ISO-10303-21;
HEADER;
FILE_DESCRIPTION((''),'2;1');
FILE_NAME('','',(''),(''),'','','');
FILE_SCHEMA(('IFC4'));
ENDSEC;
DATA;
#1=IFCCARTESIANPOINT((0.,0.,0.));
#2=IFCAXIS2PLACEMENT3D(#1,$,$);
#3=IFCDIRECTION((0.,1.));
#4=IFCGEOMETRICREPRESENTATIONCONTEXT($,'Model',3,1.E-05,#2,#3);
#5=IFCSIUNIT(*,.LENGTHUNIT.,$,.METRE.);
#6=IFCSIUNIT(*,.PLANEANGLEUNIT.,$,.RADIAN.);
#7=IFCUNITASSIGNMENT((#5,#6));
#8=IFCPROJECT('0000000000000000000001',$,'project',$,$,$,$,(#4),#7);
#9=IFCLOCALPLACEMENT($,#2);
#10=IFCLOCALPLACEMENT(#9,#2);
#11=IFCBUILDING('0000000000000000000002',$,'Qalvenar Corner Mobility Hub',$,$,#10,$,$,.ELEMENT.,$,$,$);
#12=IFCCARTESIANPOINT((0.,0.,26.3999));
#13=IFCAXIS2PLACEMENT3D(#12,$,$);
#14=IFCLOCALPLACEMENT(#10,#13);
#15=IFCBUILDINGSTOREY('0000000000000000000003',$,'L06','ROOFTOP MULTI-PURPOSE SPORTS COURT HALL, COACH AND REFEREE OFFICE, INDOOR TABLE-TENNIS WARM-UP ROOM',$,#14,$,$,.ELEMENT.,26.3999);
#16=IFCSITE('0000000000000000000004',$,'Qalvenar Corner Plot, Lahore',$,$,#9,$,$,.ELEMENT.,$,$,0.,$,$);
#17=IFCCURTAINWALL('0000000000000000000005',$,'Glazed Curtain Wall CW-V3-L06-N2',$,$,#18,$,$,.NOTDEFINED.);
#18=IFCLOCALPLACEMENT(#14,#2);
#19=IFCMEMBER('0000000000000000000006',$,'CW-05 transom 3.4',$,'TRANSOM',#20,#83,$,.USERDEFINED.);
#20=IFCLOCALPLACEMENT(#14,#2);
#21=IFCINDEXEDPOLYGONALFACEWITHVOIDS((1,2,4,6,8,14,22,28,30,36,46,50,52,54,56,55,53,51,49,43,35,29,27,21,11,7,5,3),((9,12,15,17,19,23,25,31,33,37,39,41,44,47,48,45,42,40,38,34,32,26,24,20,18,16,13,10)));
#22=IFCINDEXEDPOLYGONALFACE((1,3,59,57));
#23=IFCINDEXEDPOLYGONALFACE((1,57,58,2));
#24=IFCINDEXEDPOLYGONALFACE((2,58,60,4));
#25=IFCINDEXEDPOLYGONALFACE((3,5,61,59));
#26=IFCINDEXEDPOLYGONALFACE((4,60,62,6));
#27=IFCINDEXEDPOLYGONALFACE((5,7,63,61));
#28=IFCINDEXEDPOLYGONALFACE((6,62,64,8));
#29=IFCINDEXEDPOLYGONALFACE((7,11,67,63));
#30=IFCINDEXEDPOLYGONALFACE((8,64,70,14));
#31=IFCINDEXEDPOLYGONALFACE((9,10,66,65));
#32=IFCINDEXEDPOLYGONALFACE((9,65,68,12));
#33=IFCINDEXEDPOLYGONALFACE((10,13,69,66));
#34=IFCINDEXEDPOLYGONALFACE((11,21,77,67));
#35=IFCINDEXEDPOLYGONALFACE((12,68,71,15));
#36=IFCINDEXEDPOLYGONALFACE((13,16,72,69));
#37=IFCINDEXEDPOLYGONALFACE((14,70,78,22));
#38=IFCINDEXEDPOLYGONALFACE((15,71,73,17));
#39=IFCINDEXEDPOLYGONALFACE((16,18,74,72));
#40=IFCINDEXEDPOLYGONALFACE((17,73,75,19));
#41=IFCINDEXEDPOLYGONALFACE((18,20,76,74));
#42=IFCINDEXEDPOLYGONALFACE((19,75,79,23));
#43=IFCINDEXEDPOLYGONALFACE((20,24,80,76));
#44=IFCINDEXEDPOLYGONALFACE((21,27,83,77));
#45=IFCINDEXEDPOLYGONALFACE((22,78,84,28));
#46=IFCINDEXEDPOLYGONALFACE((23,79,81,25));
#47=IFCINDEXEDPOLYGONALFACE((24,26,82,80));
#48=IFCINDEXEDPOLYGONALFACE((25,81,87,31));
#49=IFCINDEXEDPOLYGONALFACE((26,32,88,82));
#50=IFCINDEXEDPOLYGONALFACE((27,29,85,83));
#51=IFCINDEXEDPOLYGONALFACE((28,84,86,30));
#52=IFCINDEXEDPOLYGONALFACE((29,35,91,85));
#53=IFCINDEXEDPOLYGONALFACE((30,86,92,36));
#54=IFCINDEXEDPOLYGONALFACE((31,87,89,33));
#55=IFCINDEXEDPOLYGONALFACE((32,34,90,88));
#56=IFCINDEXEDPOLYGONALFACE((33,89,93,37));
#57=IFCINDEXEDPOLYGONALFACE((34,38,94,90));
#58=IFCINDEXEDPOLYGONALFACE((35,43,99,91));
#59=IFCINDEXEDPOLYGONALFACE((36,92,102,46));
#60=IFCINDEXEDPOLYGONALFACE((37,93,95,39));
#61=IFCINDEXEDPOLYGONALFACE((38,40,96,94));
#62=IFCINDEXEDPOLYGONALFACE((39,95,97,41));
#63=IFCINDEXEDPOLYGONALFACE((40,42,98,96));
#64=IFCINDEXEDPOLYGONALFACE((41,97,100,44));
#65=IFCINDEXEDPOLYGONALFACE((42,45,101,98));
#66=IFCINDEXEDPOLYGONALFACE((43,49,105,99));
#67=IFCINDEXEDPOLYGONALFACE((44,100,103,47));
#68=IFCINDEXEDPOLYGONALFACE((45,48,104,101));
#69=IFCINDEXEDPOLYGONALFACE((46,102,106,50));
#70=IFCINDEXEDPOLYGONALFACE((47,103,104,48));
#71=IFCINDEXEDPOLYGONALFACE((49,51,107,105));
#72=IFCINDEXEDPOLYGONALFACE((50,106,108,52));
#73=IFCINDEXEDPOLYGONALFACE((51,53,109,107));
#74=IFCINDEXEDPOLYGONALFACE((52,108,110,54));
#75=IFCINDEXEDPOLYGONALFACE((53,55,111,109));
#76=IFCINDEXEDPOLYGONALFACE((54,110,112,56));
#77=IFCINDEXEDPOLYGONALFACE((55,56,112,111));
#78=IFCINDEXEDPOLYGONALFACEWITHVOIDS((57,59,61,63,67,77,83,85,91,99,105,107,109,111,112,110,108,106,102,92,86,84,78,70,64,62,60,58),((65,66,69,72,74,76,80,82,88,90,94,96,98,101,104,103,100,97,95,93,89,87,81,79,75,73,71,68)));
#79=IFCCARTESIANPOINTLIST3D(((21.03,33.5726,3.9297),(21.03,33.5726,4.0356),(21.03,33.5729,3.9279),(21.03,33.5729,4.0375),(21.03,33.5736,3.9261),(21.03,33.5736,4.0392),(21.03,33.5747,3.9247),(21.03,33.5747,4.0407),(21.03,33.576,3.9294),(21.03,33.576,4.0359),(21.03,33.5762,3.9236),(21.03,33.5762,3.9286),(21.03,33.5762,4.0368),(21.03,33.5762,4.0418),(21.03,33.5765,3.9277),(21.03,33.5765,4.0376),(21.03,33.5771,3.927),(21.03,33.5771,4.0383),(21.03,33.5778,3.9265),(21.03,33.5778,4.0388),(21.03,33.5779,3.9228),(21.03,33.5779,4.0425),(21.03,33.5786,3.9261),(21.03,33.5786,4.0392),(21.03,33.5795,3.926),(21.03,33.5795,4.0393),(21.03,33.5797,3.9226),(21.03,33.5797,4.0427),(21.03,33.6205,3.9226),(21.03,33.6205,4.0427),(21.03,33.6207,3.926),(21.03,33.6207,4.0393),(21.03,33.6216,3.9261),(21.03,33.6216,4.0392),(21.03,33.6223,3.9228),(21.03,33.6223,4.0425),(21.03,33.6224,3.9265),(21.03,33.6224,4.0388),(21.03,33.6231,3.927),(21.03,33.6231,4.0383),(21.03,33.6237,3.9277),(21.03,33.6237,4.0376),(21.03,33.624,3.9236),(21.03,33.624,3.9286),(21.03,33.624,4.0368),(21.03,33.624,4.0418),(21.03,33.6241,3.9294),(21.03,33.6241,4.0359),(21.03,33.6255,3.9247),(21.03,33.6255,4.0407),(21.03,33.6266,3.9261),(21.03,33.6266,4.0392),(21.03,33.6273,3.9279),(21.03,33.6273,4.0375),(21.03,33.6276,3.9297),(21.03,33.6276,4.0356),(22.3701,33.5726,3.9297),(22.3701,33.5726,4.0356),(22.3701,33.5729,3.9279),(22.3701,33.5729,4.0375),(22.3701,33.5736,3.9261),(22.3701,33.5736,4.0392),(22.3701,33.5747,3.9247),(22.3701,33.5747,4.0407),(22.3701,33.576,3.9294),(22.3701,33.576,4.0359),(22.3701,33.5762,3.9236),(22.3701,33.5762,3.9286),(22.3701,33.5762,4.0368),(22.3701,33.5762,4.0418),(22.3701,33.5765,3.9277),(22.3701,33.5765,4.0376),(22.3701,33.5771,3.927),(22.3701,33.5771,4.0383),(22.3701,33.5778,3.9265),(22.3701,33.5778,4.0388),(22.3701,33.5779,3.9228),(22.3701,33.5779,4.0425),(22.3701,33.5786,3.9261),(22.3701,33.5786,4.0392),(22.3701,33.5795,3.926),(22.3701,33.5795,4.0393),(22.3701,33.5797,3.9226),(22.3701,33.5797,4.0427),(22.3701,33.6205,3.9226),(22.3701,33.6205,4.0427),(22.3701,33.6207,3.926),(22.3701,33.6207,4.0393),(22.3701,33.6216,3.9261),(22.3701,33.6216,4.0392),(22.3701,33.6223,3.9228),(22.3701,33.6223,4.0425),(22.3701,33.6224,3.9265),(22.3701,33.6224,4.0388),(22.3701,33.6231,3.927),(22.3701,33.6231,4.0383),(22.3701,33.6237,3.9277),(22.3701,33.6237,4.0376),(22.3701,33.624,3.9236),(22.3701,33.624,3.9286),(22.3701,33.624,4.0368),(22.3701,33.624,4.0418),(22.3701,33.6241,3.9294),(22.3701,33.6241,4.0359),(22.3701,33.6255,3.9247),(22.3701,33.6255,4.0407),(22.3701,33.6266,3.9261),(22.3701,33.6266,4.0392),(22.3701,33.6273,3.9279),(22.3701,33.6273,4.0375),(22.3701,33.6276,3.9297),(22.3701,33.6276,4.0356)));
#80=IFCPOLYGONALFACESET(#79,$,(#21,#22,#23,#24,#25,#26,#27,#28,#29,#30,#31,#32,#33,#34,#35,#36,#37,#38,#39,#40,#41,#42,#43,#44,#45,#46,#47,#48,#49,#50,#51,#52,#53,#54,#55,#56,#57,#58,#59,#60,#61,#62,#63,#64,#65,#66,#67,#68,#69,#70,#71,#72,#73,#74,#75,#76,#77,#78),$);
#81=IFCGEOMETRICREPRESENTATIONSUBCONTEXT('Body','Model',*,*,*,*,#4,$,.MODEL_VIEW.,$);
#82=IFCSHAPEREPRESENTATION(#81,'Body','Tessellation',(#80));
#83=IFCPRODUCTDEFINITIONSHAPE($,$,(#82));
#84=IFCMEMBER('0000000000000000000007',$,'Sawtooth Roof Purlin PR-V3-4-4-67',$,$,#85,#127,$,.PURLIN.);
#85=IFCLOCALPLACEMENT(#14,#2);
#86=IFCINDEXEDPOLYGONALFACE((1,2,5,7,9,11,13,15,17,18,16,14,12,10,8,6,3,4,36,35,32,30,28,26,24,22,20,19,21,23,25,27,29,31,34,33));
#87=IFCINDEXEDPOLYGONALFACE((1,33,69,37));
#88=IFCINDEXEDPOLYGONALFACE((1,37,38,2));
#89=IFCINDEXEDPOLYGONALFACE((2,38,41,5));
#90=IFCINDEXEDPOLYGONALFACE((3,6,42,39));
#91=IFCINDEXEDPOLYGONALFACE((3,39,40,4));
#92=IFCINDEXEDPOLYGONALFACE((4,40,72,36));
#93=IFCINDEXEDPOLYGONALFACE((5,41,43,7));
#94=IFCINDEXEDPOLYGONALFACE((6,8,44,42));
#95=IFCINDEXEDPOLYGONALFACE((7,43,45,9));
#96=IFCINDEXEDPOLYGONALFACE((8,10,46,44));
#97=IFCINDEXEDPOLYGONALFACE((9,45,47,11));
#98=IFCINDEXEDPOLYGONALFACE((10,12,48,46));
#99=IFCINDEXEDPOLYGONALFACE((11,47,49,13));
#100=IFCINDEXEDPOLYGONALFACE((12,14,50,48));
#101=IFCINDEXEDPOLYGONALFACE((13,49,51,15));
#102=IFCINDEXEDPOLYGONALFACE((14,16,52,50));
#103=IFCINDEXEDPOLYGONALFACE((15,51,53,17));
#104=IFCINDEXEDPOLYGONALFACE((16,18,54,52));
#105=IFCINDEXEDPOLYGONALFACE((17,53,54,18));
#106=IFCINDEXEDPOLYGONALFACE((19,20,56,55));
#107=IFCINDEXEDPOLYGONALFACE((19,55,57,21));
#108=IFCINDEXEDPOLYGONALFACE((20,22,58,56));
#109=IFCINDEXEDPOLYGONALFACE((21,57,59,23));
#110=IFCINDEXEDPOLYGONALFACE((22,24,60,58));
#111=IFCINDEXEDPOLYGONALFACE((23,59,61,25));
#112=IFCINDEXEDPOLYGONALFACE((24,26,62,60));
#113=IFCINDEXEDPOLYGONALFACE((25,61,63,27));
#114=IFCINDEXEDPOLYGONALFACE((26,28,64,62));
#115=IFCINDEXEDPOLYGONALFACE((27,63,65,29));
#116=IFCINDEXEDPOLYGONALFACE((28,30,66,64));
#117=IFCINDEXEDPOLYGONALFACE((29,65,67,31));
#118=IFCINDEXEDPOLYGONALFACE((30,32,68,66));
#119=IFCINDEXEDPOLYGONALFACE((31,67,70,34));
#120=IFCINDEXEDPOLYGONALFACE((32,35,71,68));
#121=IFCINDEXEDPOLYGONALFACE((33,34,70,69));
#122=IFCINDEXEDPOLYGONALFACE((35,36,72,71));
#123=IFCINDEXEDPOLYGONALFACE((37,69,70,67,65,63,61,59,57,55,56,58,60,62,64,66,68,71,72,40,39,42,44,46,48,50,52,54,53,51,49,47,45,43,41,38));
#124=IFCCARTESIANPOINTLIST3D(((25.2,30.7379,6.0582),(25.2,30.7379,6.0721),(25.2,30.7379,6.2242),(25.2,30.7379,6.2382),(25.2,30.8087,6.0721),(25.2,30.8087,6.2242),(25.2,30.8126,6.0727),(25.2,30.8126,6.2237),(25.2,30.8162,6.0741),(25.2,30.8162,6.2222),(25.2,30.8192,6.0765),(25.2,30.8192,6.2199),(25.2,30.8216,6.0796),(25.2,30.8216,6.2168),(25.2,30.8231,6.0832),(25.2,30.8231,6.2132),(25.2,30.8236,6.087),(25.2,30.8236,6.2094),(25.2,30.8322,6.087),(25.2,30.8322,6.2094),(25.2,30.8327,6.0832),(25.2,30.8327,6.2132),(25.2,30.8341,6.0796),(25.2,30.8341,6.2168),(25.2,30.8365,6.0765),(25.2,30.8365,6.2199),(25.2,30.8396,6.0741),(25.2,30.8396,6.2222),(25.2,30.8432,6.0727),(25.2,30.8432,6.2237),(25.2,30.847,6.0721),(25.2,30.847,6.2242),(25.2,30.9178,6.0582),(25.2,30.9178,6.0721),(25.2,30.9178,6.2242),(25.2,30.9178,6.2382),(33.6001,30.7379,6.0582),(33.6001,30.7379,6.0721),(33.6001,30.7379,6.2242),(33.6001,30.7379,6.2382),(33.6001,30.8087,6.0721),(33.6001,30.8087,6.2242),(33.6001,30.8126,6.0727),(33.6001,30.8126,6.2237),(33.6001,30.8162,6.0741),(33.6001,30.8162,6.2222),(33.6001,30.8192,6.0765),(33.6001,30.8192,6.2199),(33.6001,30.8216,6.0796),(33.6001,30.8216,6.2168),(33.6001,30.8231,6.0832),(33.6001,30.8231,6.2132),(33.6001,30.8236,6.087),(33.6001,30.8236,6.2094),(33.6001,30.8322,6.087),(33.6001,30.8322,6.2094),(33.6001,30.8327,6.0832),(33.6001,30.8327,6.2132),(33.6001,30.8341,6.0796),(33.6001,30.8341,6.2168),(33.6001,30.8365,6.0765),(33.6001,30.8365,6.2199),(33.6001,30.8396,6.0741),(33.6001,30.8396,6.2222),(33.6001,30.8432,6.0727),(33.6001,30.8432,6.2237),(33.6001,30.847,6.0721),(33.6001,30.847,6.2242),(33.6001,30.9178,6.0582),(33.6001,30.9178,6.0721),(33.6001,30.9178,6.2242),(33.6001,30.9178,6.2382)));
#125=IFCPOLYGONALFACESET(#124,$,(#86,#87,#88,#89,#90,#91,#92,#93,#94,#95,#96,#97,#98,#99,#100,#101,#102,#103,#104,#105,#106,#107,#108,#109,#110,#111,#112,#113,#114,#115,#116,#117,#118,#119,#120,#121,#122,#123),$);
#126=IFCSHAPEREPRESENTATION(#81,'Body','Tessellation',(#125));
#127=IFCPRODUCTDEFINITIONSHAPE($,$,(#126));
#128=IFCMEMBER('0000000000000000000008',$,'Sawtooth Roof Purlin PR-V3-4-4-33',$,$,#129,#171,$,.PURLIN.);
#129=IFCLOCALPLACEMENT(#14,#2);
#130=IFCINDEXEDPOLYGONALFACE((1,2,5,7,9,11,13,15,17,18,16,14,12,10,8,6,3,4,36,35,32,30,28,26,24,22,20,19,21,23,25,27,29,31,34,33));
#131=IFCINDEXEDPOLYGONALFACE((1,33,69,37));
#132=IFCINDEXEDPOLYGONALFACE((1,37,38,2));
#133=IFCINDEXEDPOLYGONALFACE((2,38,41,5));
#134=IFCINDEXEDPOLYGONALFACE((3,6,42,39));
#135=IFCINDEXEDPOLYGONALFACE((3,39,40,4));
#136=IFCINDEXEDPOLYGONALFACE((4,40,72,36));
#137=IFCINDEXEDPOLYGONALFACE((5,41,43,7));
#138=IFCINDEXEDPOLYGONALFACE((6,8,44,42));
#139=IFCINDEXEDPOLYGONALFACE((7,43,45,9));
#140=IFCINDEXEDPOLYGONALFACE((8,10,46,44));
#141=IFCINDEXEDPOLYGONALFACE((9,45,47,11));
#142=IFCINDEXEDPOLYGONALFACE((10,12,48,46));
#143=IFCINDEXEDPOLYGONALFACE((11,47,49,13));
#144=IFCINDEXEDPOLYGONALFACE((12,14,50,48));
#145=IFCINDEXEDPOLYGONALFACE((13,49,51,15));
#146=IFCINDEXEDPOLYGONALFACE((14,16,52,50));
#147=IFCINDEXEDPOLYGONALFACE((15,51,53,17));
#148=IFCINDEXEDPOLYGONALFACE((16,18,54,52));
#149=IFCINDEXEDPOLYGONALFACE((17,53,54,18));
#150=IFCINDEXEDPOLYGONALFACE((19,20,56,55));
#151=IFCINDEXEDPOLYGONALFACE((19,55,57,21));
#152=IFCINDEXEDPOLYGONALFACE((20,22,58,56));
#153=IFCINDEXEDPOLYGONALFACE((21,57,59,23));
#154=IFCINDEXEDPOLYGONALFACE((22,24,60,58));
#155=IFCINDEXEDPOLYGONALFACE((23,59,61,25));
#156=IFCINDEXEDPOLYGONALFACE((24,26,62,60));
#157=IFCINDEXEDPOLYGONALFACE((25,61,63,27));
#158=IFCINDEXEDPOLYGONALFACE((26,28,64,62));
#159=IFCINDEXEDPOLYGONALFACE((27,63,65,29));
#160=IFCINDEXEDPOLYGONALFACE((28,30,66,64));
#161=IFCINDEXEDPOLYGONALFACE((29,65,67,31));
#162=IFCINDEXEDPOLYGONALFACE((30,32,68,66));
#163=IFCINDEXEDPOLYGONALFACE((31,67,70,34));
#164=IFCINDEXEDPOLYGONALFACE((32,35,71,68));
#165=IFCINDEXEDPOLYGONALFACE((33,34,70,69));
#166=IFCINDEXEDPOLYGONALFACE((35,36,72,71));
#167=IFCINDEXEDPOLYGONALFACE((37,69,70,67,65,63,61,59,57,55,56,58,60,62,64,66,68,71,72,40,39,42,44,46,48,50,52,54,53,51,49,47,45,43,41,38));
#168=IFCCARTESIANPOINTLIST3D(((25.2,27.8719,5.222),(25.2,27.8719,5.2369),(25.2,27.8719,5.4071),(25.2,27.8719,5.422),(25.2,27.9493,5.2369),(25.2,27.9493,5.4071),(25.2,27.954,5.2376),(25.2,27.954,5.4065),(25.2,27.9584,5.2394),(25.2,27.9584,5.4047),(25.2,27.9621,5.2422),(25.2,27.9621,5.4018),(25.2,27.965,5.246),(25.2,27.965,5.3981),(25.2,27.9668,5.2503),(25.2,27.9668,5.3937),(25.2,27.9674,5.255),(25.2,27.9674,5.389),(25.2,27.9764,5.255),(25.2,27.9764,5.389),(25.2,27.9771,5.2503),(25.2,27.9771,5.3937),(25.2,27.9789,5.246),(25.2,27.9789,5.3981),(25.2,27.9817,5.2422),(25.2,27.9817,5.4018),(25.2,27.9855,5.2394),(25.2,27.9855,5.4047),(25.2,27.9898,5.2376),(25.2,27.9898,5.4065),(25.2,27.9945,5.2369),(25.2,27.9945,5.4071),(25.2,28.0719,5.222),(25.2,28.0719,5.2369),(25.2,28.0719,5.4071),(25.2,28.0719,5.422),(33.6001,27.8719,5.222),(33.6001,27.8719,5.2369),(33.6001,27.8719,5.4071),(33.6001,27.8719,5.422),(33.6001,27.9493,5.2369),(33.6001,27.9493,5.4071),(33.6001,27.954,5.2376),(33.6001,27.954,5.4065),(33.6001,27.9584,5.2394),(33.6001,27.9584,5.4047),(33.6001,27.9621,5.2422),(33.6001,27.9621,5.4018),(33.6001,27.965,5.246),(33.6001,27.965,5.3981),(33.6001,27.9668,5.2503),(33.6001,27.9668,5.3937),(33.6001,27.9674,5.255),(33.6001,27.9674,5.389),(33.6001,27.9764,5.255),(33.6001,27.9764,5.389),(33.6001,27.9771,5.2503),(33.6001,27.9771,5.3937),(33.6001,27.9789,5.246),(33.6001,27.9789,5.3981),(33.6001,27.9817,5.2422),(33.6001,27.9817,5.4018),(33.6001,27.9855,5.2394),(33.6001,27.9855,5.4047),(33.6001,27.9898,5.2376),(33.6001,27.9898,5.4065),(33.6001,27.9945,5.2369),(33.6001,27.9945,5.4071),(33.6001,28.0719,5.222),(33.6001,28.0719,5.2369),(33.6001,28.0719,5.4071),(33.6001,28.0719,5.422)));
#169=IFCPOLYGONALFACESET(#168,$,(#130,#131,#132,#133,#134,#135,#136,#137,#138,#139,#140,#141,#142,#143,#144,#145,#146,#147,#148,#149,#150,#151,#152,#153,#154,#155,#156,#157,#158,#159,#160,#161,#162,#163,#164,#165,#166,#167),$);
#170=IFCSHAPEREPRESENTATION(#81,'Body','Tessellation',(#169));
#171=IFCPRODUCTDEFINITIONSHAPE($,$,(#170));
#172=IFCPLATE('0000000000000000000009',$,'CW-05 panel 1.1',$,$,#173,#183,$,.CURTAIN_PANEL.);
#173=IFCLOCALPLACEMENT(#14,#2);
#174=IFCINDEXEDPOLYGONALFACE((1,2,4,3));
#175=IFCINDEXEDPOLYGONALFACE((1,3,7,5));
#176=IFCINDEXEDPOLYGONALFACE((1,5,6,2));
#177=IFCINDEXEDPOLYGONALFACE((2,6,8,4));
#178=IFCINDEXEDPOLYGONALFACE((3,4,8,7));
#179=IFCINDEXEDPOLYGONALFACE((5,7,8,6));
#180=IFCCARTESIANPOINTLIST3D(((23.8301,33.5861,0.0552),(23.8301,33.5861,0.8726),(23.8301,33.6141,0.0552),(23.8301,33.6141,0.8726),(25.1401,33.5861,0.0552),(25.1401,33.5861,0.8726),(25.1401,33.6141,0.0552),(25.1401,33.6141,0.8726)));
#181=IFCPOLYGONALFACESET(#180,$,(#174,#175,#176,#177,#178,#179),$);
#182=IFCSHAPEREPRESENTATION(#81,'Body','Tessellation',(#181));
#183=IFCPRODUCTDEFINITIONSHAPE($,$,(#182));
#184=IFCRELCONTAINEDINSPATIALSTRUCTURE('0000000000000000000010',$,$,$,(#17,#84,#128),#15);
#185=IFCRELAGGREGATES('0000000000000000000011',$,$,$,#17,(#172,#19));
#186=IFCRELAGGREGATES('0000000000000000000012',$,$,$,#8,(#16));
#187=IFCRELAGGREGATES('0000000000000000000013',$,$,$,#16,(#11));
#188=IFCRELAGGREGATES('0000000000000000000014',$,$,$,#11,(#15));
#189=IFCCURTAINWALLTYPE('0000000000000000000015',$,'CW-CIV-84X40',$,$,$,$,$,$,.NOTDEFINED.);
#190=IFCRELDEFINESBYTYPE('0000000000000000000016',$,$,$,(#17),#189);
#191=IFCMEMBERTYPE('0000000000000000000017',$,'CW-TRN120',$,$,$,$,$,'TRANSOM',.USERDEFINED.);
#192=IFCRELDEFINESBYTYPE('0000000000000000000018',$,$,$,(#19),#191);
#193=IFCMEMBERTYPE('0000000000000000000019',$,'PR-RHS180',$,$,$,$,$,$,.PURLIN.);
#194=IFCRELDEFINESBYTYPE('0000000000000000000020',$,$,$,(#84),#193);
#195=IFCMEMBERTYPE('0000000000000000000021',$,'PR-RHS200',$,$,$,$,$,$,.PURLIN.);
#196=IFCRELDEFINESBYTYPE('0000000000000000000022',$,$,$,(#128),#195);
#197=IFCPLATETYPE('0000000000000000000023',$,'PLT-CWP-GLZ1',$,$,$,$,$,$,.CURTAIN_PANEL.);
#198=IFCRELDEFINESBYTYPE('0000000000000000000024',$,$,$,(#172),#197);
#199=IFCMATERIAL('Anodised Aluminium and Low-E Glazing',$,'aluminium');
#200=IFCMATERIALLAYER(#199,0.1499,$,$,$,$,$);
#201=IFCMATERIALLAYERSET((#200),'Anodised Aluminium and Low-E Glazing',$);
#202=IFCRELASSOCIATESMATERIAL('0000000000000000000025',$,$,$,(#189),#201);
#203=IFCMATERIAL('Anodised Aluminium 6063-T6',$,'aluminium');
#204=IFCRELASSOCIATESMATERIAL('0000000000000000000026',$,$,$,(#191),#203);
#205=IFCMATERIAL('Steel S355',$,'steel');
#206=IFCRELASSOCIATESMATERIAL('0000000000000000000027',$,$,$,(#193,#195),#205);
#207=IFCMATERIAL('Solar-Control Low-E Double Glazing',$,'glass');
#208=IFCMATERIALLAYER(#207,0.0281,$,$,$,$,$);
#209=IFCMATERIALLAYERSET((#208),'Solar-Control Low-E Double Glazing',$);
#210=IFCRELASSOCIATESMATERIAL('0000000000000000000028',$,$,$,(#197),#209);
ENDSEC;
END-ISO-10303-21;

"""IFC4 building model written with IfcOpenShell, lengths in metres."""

from ifc_helpers import new_model, si_unit, direction, frame, origin, origin_2d, place, context, subcontext, project, spatial, rectangle, hollow_rectangle, i_section, extrude, material, layer, layer_set, material_profile, profile_set, type_object, element, aggregate, save


model = new_model("IFC4")

# Units and contexts
model_context = context("Model", 3, precision=1e-05, world=origin(), true_north=direction((0.0, 1.0)))
body_context = subcontext(model_context, "Body", "Model", "MODEL_VIEW")
ifc_project = project(units=[si_unit("LENGTHUNIT", "METRE"), si_unit("PLANEANGLEUNIT", "RADIAN")], contexts=[model_context])

# Site, building, storey
site_placement = place(None, origin())
site = spatial("IfcSite", under=ifc_project, at=site_placement, Name="Qalvenar Corner Plot, Lahore", CompositionType="ELEMENT", RefElevation=0.0)
building_placement = place(site_placement, origin())
building = spatial("IfcBuilding", under=site, at=building_placement, Name="Qalvenar Corner Mobility Hub", CompositionType="ELEMENT")
storey_placement = place(building_placement, frame((0.0, 0.0, 26.3999)))
storey = spatial("IfcBuildingStorey", under=building, at=storey_placement, Name="L06", Description="ROOFTOP MULTI-PURPOSE SPORTS COURT HALL, COACH AND REFEREE OFFICE, INDOOR TABLE-TENNIS WARM-UP ROOM", CompositionType="ELEMENT", Elevation=26.3999)

# Shared definitions
ifc_material_1 = material(Name="Steel S355", Category="steel")

# Curtain wall, member
ifc_material_2 = material(Name="Anodised Aluminium and Low-E Glazing", Category="aluminium")
ifc_layer_1 = layer(ifc_material_2, 0.1499)
ifc_layer_set_1 = layer_set([ifc_layer_1], Name="Anodised Aluminium and Low-E Glazing")
curtain_wall_type = type_object("IfcCurtainWallType", Name="CW-CIV-84X40", PredefinedType="NOTDEFINED", material=ifc_layer_set_1)
curtain_wall_placement = place(storey_placement, origin())
curtain_wall = element("IfcCurtainWall", 1, at=curtain_wall_placement, inside=storey, type_object=curtain_wall_type, Name="Glazed Curtain Wall CW-V3-L06-N2", PredefinedType="NOTDEFINED")
ifc_material_3 = material(Name="Anodised Aluminium 6063-T6", Category="aluminium")
ifc_material_profile_1 = material_profile(ifc_material_3, hollow_rectangle(XDim=0.0549, YDim=0.1201, WallThickness=0.0034, InnerFilletRadius=0.0034, OuterFilletRadius=0.0071, at=origin_2d()), Name="RHS120x55x3.5")
ifc_profile_set_1 = profile_set([ifc_material_profile_1], Name="Anodised Aluminium 6063-T6")
member_type_1 = type_object("IfcMemberType", Name="CW-TRN120", ElementType="TRANSOM", PredefinedType="USERDEFINED", material=ifc_profile_set_1)
member_1_placement = place(storey_placement, frame((22.3701, 33.6001, 3.9827), z_axis=(-1.0, 0.0, 0.0), x_axis=(0.0, -1.0, 0.0)))
member_1 = element("IfcMember", 2, at=member_1_placement, type_object=member_type_1, Name="CW-05 transom 3.4", ObjectType="TRANSOM", PredefinedType="USERDEFINED", context=body_context, shape_type="SweptSolid", body=[
    extrude(hollow_rectangle(XDim=0.0549, YDim=0.1201, WallThickness=0.0034, InnerFilletRadius=0.0034, OuterFilletRadius=0.0071, at=origin_2d()), origin(), (0.0, 0.0, 1.0), 1.3401),
])

# Members
ifc_material_profile_2 = material_profile(ifc_material_1, i_section(OverallWidth=0.1799, OverallDepth=0.1799, WebThickness=0.0085, FlangeThickness=0.0139, FilletRadius=0.0149, at=origin_2d()), Name="HEB180")
ifc_profile_set_2 = profile_set([ifc_material_profile_2], Name="Steel S355")
member_type_2 = type_object("IfcMemberType", Name="PR-RHS180", PredefinedType="PURLIN", material=ifc_profile_set_2)
member_2_placement = place(storey_placement, frame((25.2, 30.8279, 6.1482), z_axis=(1.0, 0.0, 0.0), x_axis=(0.0, 1.0, 0.0)))
element("IfcMember", 3, at=member_2_placement, inside=storey, type_object=member_type_2, Name="Sawtooth Roof Purlin PR-V3-4-4-67", PredefinedType="PURLIN", context=body_context, shape_type="SweptSolid", body=[
    extrude(i_section(OverallWidth=0.1799, OverallDepth=0.1799, WebThickness=0.0085, FlangeThickness=0.0139, FilletRadius=0.0149, at=origin_2d()), origin(), (0.0, 0.0, 1.0), 8.4001),
])
ifc_material_profile_3 = material_profile(ifc_material_1, i_section(OverallWidth=0.2, OverallDepth=0.2, WebThickness=0.009, FlangeThickness=0.0149, FilletRadius=0.0181, at=origin_2d()), Name="HEB200")
ifc_profile_set_3 = profile_set([ifc_material_profile_3], Name="Steel S355")
member_type_3 = type_object("IfcMemberType", Name="PR-RHS200", PredefinedType="PURLIN", material=ifc_profile_set_3)
member_3_placement = place(storey_placement, frame((25.2, 27.9719, 5.322), z_axis=(1.0, 0.0, 0.0), x_axis=(0.0, 1.0, 0.0)))
element("IfcMember", 4, at=member_3_placement, inside=storey, type_object=member_type_3, Name="Sawtooth Roof Purlin PR-V3-4-4-33", PredefinedType="PURLIN", context=body_context, shape_type="SweptSolid", body=[
    extrude(i_section(OverallWidth=0.2, OverallDepth=0.2, WebThickness=0.009, FlangeThickness=0.0149, FilletRadius=0.0181, at=origin_2d()), origin(), (0.0, 0.0, 1.0), 8.4001),
])

# Plate
ifc_material_4 = material(Name="Solar-Control Low-E Double Glazing", Category="glass")
ifc_layer_2 = layer(ifc_material_4, 0.0281)
ifc_layer_set_2 = layer_set([ifc_layer_2], Name="Solar-Control Low-E Double Glazing")
plate_type = type_object("IfcPlateType", Name="PLT-CWP-GLZ1", PredefinedType="CURTAIN_PANEL", material=ifc_layer_set_2)
plate_1_placement = place(storey_placement, frame((24.4851, 33.6001, 0.0552), z_axis=(0.0, 0.0, 1.0), x_axis=(-1.0, 0.0, 0.0)))
plate_1 = element("IfcPlate", 5, at=plate_1_placement, type_object=plate_type, Name="CW-05 panel 1.1", PredefinedType="CURTAIN_PANEL", context=body_context, shape_type="SweptSolid", body=[
    extrude(rectangle(XDim=1.3101, YDim=0.0281, at=origin_2d()), origin(), (0.0, 0.0, 1.0), 0.8174),
])
aggregate(curtain_wall, [plate_1, member_1])

save(model, "model.ifc")
